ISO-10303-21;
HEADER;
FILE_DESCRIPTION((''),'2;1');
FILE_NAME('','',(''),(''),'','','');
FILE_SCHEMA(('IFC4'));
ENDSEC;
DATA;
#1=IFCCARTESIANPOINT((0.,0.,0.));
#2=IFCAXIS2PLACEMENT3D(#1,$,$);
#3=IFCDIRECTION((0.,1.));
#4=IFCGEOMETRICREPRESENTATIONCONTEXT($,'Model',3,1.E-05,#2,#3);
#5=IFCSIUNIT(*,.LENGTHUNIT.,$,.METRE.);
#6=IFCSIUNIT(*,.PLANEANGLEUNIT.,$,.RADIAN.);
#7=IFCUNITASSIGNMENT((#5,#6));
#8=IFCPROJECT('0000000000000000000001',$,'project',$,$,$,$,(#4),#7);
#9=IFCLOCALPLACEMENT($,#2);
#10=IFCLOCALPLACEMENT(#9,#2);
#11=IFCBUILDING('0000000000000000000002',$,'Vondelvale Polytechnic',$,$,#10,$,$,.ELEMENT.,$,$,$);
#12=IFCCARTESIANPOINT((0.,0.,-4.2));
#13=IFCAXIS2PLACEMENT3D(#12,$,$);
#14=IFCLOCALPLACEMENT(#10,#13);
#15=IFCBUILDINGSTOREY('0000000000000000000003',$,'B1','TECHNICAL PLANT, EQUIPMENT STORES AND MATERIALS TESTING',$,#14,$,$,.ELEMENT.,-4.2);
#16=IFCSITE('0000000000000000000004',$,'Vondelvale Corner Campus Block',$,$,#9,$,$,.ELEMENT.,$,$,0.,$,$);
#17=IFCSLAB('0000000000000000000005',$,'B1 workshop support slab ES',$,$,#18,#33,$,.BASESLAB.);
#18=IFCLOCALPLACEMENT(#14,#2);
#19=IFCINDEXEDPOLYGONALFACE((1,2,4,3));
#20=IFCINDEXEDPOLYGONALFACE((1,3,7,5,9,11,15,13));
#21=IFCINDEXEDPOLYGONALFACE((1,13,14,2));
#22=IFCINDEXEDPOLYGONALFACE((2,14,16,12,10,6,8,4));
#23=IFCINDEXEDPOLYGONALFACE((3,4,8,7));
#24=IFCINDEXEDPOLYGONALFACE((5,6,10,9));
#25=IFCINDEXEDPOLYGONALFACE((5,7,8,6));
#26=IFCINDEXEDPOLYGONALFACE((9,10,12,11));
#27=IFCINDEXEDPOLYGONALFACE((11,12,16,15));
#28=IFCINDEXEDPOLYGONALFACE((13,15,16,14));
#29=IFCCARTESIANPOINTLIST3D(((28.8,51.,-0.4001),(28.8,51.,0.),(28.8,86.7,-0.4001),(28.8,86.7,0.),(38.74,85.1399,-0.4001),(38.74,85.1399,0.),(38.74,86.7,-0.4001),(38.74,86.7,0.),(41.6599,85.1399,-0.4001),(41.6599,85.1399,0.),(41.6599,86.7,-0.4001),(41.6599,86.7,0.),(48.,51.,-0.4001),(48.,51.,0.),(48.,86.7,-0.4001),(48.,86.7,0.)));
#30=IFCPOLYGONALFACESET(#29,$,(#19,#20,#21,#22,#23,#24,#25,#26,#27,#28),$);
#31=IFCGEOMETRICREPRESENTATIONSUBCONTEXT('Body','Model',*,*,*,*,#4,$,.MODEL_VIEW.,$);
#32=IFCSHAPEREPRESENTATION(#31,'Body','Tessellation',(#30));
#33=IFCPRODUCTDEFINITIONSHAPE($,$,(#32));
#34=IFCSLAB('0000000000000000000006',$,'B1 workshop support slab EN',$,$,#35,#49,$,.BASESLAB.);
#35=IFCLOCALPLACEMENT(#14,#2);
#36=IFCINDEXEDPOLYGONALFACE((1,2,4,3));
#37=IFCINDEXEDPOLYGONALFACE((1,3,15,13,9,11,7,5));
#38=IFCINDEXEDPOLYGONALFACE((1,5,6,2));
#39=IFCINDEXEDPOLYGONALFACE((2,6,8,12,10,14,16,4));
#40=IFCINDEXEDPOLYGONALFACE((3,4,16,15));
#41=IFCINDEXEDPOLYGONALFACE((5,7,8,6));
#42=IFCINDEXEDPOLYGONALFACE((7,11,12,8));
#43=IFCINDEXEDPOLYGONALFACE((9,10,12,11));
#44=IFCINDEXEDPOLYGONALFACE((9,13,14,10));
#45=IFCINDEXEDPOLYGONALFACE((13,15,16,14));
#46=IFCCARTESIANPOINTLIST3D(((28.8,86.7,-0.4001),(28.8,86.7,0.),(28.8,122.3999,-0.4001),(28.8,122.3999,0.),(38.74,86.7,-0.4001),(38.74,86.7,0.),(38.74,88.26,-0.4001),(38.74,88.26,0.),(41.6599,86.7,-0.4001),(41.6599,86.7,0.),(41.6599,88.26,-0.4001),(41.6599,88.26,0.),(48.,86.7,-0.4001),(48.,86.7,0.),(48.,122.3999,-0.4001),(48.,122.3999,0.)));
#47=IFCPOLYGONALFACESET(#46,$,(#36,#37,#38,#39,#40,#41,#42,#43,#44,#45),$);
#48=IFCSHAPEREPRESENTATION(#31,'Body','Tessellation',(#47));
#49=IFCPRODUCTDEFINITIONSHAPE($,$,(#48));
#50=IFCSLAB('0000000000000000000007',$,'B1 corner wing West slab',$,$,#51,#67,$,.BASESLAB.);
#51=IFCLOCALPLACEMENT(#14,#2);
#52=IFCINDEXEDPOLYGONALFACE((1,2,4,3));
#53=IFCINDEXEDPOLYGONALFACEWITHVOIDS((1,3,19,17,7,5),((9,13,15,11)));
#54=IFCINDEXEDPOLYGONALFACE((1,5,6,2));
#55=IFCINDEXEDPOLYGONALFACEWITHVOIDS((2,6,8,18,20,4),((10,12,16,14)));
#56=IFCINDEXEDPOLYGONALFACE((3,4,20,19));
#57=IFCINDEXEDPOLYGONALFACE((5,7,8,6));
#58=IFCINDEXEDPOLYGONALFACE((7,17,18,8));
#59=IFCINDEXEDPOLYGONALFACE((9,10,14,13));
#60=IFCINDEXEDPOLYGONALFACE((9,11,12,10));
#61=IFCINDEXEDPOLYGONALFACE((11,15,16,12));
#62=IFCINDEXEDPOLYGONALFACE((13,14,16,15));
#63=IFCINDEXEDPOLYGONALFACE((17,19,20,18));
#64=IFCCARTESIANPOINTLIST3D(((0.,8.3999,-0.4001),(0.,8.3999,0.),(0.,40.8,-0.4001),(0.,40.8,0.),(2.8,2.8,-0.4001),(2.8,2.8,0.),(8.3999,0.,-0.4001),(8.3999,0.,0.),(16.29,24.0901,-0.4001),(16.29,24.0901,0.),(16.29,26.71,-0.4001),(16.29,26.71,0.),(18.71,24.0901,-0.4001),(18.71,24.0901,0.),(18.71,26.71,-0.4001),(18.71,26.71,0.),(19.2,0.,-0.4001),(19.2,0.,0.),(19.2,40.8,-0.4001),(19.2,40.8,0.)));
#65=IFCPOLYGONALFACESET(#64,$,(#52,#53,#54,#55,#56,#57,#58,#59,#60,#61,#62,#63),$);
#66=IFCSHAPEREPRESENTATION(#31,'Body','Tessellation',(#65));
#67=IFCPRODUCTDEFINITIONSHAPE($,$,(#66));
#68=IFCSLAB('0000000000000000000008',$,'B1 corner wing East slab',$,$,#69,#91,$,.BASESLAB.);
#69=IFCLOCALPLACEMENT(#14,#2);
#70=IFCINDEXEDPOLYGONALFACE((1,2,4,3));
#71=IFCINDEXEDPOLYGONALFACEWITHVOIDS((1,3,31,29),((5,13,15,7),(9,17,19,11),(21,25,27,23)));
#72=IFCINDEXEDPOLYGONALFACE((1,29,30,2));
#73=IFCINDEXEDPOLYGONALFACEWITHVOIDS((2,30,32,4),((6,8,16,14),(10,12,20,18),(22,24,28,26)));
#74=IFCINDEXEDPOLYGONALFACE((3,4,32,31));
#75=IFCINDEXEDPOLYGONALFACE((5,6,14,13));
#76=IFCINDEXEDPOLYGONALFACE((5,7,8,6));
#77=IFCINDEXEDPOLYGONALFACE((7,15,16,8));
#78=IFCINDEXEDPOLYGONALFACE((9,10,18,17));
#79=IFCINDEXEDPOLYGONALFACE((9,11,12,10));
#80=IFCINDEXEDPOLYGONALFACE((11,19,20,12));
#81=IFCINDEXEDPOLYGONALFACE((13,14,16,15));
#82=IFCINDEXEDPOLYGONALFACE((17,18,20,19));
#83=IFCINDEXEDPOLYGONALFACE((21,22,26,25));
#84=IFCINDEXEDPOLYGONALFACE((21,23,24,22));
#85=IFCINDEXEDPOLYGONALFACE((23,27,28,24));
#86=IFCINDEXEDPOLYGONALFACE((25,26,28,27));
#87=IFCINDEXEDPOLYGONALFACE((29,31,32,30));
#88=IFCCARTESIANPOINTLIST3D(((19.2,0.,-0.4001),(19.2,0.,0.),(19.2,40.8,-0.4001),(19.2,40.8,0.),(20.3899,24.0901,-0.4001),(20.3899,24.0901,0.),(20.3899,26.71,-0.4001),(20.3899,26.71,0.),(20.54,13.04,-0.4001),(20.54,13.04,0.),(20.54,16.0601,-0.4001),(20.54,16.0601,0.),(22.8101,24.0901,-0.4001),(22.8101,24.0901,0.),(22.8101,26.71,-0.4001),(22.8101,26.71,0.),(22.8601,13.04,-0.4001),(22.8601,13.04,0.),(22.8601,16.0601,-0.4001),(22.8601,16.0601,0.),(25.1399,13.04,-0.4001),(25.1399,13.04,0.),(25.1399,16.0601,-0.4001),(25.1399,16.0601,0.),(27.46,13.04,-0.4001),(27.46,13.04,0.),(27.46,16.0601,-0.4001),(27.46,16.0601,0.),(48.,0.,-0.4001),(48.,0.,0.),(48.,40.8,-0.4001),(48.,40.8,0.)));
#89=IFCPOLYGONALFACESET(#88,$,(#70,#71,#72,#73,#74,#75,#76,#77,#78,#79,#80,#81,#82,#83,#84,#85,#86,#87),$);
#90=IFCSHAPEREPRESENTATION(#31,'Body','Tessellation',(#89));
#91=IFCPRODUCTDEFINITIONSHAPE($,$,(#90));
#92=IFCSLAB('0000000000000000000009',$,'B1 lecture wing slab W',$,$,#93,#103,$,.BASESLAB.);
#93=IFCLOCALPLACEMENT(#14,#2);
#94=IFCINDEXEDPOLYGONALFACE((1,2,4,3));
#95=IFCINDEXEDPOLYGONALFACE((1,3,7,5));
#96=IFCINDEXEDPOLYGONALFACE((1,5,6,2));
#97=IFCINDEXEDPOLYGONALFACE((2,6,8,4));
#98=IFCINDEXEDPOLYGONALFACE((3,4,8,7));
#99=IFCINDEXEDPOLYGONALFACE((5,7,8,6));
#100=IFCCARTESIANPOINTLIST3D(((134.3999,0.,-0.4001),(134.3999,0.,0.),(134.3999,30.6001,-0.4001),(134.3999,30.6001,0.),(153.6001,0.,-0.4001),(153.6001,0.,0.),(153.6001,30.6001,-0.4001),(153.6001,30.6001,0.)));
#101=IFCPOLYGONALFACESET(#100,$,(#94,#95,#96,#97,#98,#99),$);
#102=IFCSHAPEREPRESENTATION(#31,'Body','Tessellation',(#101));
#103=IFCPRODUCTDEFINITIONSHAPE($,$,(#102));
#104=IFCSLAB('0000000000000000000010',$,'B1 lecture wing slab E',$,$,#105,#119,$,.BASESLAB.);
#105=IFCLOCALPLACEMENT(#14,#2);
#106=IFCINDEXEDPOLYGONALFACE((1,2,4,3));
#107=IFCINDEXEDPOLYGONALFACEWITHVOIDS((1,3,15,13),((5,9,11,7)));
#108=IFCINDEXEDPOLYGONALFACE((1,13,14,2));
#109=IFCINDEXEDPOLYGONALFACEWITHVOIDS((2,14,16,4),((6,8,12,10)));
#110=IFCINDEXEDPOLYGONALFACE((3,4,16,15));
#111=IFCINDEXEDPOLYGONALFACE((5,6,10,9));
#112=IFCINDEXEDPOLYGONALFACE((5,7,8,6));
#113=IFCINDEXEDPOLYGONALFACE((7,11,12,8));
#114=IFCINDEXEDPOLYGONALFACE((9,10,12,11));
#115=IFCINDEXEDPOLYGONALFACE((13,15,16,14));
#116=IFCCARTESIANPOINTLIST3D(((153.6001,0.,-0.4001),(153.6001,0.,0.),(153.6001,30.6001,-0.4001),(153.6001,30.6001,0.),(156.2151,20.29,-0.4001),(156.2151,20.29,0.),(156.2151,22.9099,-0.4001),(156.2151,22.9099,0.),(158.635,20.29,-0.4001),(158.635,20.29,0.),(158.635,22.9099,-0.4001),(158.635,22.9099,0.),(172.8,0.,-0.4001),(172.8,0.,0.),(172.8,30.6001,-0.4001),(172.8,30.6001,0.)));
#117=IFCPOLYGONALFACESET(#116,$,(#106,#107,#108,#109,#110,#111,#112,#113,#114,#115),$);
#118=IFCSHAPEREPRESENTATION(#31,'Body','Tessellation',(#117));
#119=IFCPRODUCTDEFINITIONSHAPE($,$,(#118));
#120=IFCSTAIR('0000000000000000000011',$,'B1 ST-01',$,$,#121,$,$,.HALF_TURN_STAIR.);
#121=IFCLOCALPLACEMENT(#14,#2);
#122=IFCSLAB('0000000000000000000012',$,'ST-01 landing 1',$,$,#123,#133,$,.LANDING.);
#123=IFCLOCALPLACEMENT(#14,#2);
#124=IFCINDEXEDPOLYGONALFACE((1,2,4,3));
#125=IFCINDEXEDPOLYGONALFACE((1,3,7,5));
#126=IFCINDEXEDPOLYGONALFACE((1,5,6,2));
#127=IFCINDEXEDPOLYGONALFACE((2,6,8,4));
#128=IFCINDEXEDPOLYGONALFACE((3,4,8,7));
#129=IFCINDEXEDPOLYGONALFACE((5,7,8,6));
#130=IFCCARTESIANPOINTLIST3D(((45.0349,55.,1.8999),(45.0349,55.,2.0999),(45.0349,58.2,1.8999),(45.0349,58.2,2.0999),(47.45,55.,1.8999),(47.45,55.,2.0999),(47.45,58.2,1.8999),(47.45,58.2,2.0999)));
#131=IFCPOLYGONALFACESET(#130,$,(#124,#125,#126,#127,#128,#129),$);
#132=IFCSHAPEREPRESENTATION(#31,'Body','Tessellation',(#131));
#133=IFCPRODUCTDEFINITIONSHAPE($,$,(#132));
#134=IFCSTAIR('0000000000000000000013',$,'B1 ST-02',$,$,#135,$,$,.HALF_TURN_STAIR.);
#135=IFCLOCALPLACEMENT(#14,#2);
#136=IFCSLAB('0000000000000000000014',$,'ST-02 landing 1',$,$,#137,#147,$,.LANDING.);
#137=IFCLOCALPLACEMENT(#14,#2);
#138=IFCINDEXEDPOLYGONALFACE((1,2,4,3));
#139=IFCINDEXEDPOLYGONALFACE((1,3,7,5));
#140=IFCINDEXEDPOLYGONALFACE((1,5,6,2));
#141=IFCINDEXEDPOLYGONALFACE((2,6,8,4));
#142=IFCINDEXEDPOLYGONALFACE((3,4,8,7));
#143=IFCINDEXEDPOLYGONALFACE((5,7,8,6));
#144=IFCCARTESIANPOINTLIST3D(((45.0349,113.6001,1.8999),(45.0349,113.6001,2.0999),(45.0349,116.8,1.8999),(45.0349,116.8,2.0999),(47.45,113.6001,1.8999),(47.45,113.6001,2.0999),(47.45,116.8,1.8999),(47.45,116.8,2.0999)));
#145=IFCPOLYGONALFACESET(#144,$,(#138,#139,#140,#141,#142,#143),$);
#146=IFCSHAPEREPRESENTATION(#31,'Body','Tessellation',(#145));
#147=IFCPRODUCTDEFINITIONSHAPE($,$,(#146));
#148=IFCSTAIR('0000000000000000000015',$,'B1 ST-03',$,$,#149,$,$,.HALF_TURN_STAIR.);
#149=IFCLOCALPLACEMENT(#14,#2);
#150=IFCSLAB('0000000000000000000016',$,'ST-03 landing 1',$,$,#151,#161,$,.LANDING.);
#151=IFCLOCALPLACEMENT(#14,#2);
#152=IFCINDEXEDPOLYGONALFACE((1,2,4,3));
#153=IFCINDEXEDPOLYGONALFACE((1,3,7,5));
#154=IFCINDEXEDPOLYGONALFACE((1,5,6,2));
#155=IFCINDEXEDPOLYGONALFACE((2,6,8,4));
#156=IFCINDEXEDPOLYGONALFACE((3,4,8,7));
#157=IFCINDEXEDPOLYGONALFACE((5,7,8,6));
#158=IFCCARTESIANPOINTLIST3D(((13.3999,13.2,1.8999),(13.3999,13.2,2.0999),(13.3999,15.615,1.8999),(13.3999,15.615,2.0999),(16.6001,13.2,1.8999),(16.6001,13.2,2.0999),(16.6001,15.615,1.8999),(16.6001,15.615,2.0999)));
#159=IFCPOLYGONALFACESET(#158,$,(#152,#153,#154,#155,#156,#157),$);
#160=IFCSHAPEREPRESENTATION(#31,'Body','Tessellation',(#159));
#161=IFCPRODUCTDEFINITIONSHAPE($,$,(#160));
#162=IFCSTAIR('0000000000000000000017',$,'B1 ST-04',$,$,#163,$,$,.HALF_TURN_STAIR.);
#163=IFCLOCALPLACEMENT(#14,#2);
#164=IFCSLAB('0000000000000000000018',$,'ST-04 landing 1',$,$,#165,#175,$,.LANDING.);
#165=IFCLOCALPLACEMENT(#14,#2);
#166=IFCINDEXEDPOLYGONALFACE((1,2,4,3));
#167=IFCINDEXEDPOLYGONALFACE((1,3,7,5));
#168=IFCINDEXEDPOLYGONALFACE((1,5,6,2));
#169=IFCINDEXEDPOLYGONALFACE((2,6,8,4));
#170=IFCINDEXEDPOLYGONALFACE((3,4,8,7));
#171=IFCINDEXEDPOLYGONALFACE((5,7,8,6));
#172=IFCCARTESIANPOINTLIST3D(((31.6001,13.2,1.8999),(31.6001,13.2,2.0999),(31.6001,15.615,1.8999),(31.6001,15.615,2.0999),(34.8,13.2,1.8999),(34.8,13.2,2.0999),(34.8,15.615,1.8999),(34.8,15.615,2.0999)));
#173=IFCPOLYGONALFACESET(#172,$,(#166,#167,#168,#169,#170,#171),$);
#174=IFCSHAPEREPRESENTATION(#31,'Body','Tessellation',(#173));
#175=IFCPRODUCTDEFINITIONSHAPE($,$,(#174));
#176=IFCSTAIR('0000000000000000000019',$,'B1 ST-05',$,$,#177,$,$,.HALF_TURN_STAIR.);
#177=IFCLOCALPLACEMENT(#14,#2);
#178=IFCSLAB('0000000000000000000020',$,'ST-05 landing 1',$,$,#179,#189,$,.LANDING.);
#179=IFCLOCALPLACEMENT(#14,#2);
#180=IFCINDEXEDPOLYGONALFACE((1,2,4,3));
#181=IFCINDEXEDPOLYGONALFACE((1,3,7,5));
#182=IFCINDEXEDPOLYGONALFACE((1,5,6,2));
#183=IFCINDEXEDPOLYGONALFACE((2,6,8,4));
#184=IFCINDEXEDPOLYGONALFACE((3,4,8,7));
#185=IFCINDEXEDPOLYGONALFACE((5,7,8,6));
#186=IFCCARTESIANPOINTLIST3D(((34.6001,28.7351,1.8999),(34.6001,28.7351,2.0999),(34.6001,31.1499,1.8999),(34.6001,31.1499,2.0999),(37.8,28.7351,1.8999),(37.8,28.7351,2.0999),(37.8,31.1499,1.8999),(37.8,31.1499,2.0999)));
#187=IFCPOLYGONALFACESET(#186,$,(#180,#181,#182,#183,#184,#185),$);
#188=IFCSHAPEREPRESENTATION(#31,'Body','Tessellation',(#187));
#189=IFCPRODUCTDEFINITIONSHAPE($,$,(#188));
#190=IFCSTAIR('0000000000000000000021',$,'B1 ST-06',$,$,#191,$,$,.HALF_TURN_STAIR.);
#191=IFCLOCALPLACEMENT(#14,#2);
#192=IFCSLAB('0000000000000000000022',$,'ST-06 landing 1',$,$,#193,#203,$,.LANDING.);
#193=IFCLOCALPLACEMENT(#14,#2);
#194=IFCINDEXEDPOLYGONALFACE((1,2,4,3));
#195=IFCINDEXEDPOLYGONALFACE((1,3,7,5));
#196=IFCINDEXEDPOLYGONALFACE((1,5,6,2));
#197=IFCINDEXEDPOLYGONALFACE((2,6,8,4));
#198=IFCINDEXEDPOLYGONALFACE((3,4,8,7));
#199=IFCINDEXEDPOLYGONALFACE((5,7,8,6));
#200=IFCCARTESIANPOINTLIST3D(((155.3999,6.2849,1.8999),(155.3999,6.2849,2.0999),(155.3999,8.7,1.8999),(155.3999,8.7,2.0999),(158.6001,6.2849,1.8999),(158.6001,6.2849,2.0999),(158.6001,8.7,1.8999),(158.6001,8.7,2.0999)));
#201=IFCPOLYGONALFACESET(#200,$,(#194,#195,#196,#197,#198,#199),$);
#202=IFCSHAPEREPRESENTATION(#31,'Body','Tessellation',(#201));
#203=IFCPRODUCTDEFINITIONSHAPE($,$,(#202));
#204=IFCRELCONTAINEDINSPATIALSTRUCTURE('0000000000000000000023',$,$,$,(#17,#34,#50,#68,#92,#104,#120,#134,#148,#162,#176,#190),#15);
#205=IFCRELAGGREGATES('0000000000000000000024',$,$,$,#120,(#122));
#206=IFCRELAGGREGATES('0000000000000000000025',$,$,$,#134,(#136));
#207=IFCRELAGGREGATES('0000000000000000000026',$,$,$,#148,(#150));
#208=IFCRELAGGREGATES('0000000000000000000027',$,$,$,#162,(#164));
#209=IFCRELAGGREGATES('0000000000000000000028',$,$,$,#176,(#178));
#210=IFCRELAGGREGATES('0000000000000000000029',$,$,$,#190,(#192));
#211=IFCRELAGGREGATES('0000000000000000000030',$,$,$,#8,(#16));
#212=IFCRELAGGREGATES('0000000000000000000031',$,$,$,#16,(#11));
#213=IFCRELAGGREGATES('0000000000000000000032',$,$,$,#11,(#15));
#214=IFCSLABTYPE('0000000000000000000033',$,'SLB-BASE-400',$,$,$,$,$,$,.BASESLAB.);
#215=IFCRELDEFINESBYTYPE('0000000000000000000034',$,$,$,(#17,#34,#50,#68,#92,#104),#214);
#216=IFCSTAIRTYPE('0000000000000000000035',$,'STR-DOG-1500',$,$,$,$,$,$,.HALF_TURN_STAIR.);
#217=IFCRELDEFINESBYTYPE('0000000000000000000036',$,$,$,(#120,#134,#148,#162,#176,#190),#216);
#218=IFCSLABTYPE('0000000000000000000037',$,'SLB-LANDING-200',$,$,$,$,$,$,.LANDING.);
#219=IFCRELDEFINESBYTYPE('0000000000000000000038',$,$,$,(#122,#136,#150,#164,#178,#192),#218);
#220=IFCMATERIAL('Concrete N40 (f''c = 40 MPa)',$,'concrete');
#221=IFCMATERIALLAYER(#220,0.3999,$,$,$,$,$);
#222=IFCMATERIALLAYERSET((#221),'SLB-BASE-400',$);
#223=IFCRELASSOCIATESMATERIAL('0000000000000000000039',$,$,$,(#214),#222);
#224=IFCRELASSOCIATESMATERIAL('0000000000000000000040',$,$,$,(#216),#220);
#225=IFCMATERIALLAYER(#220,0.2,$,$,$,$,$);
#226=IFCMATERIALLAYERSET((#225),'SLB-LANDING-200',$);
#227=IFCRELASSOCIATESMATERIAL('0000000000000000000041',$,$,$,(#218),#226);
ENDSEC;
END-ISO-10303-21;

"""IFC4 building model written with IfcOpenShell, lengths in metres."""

from ifc_helpers import new_model, si_unit, direction, frame, origin, place, context, subcontext, project, spatial, polyline, outline, extrude, material, layer, layer_set, type_object, element, aggregate, save


model = new_model("IFC4")

# Units and contexts
model_context = context("Model", 3, precision=1e-05, world=origin(), true_north=direction((0.0, 1.0)))
body_context = subcontext(model_context, "Body", "Model", "MODEL_VIEW")
ifc_project = project(units=[si_unit("LENGTHUNIT", "METRE"), si_unit("PLANEANGLEUNIT", "RADIAN")], contexts=[model_context])

# Site, building, storey
site_placement = place(None, origin())
site = spatial("IfcSite", under=ifc_project, at=site_placement, Name="Vondelvale Corner Campus Block", CompositionType="ELEMENT", RefElevation=0.0)
building_placement = place(site_placement, origin())
building = spatial("IfcBuilding", under=site, at=building_placement, Name="Vondelvale Polytechnic", CompositionType="ELEMENT")
storey_placement = place(building_placement, frame((0.0, 0.0, -4.2)))
storey = spatial("IfcBuildingStorey", under=building, at=storey_placement, Name="B1", Description="TECHNICAL PLANT, EQUIPMENT STORES AND MATERIALS TESTING", CompositionType="ELEMENT", Elevation=-4.2)

# Shared definitions
ifc_material_1 = material(Name="Concrete N40 (f'c = 40 MPa)", Category="concrete")

# Slabs
ifc_layer_1 = layer(ifc_material_1, 0.3999)
ifc_layer_set_1 = layer_set([ifc_layer_1], Name="SLB-BASE-400")
slab_type_1 = type_object("IfcSlabType", Name="SLB-BASE-400", PredefinedType="BASESLAB", material=ifc_layer_set_1)
slab_1_placement = place(storey_placement, frame((0.0, 0.0, -0.4001)))
element("IfcSlab", 1, at=slab_1_placement, inside=storey, type_object=slab_type_1, Name="B1 workshop support slab ES", PredefinedType="BASESLAB", context=body_context, shape_type="SweptSolid", body=[
    extrude(outline(polyline([(48.0, 86.7), (48.0, 51.0), (28.8, 51.0), (28.8, 86.7), (38.74, 86.7), (38.74, 85.1399), (41.6599, 85.1399), (41.6599, 86.7), (48.0, 86.7)])), origin(), (0.0, 0.0, 1.0), 0.4001),
])
slab_2_placement = place(storey_placement, frame((0.0, 0.0, -0.4001)))
element("IfcSlab", 2, at=slab_2_placement, inside=storey, type_object=slab_type_1, Name="B1 workshop support slab EN", PredefinedType="BASESLAB", context=body_context, shape_type="SweptSolid", body=[
    extrude(outline(polyline([(28.8, 86.7), (28.8, 122.3999), (48.0, 122.3999), (48.0, 86.7), (41.6599, 86.7), (41.6599, 88.26), (38.74, 88.26), (38.74, 86.7), (28.8, 86.7)])), origin(), (0.0, 0.0, 1.0), 0.4001),
])
slab_3_placement = place(storey_placement, frame((0.0, 0.0, -0.4001)))
element("IfcSlab", 3, at=slab_3_placement, inside=storey, type_object=slab_type_1, Name="B1 corner wing West slab", PredefinedType="BASESLAB", context=body_context, shape_type="SweptSolid", body=[
    extrude(outline(polyline([(8.3999, 0.0), (19.2, 0.0), (19.2, 40.8), (0.0, 40.8), (0.0, 8.3999), (2.8, 2.8), (8.3999, 0.0)]), holes=[polyline([(16.29, 24.0901), (18.71, 24.0901), (18.71, 26.71), (16.29, 26.71), (16.29, 24.0901)])]), origin(), (0.0, 0.0, 1.0), 0.4001),
])
slab_4_placement = place(storey_placement, frame((0.0, 0.0, -0.4001)))
element("IfcSlab", 4, at=slab_4_placement, inside=storey, type_object=slab_type_1, Name="B1 corner wing East slab", PredefinedType="BASESLAB", context=body_context, shape_type="SweptSolid", body=[
    extrude(outline(polyline([(19.2, 0.0), (48.0, 0.0), (48.0, 40.8), (19.2, 40.8), (19.2, 0.0)]), holes=[polyline([(20.54, 13.04), (22.8601, 13.04), (22.8601, 16.0601), (20.54, 16.0601), (20.54, 13.04)]), polyline([(25.1399, 13.04), (27.46, 13.04), (27.46, 16.0601), (25.1399, 16.0601), (25.1399, 13.04)]), polyline([(20.3899, 24.0901), (22.8101, 24.0901), (22.8101, 26.71), (20.3899, 26.71), (20.3899, 24.0901)])]), origin(), (0.0, 0.0, 1.0), 0.4001),
])
slab_5_placement = place(storey_placement, frame((0.0, 0.0, -0.4001)))
element("IfcSlab", 5, at=slab_5_placement, inside=storey, type_object=slab_type_1, Name="B1 lecture wing slab W", PredefinedType="BASESLAB", context=body_context, shape_type="SweptSolid", body=[
    extrude(outline(polyline([(134.3999, 0.0), (153.6001, 0.0), (153.6001, 30.6001), (134.3999, 30.6001), (134.3999, 0.0)])), origin(), (0.0, 0.0, 1.0), 0.4001),
])
slab_6_placement = place(storey_placement, frame((0.0, 0.0, -0.4001)))
element("IfcSlab", 6, at=slab_6_placement, inside=storey, type_object=slab_type_1, Name="B1 lecture wing slab E", PredefinedType="BASESLAB", context=body_context, shape_type="SweptSolid", body=[
    extrude(outline(polyline([(153.6001, 0.0), (172.8, 0.0), (172.8, 30.6001), (153.6001, 30.6001), (153.6001, 0.0)]), holes=[polyline([(156.2151, 20.29), (158.635, 20.29), (158.635, 22.9099), (156.2151, 22.9099), (156.2151, 20.29)])]), origin(), (0.0, 0.0, 1.0), 0.4001),
])

# Stairs, slabs
stair_type = type_object("IfcStairType", Name="STR-DOG-1500", PredefinedType="HALF_TURN_STAIR", material=ifc_material_1)
stair_1_placement = place(storey_placement, origin())
stair_1 = element("IfcStair", 7, at=stair_1_placement, inside=storey, type_object=stair_type, Name="B1 ST-01", PredefinedType="HALF_TURN_STAIR")
ifc_layer_2 = layer(ifc_material_1, 0.2)
ifc_layer_set_2 = layer_set([ifc_layer_2], Name="SLB-LANDING-200")
slab_type_2 = type_object("IfcSlabType", Name="SLB-LANDING-200", PredefinedType="LANDING", material=ifc_layer_set_2)
slab_7_placement = place(storey_placement, frame((0.0, 0.0, 1.8999)))
slab_7 = element("IfcSlab", 8, at=slab_7_placement, type_object=slab_type_2, Name="ST-01 landing 1", PredefinedType="LANDING", context=body_context, shape_type="SweptSolid", body=[
    extrude(outline(polyline([(45.0349, 55.0), (47.45, 55.0), (47.45, 58.2), (45.0349, 58.2), (45.0349, 55.0)])), origin(), (0.0, 0.0, 1.0), 0.2),
])
aggregate(stair_1, [slab_7])
stair_2_placement = place(storey_placement, origin())
stair_2 = element("IfcStair", 9, at=stair_2_placement, inside=storey, type_object=stair_type, Name="B1 ST-02", PredefinedType="HALF_TURN_STAIR")
slab_8_placement = place(storey_placement, frame((0.0, 0.0, 1.8999)))
slab_8 = element("IfcSlab", 10, at=slab_8_placement, type_object=slab_type_2, Name="ST-02 landing 1", PredefinedType="LANDING", context=body_context, shape_type="SweptSolid", body=[
    extrude(outline(polyline([(45.0349, 113.6001), (47.45, 113.6001), (47.45, 116.8), (45.0349, 116.8), (45.0349, 113.6001)])), origin(), (0.0, 0.0, 1.0), 0.2),
])
aggregate(stair_2, [slab_8])
stair_3_placement = place(storey_placement, origin())
stair_3 = element("IfcStair", 11, at=stair_3_placement, inside=storey, type_object=stair_type, Name="B1 ST-03", PredefinedType="HALF_TURN_STAIR")
slab_9_placement = place(storey_placement, frame((0.0, 0.0, 1.8999)))
slab_9 = element("IfcSlab", 12, at=slab_9_placement, type_object=slab_type_2, Name="ST-03 landing 1", PredefinedType="LANDING", context=body_context, shape_type="SweptSolid", body=[
    extrude(outline(polyline([(13.3999, 15.615), (13.3999, 13.2), (16.6001, 13.2), (16.6001, 15.615), (13.3999, 15.615)])), origin(), (0.0, 0.0, 1.0), 0.2),
])
aggregate(stair_3, [slab_9])
stair_4_placement = place(storey_placement, origin())
stair_4 = element("IfcStair", 13, at=stair_4_placement, inside=storey, type_object=stair_type, Name="B1 ST-04", PredefinedType="HALF_TURN_STAIR")
slab_10_placement = place(storey_placement, frame((0.0, 0.0, 1.8999)))
slab_10 = element("IfcSlab", 14, at=slab_10_placement, type_object=slab_type_2, Name="ST-04 landing 1", PredefinedType="LANDING", context=body_context, shape_type="SweptSolid", body=[
    extrude(outline(polyline([(31.6001, 15.615), (31.6001, 13.2), (34.8, 13.2), (34.8, 15.615), (31.6001, 15.615)])), origin(), (0.0, 0.0, 1.0), 0.2),
])
aggregate(stair_4, [slab_10])
stair_5_placement = place(storey_placement, origin())
stair_5 = element("IfcStair", 15, at=stair_5_placement, inside=storey, type_object=stair_type, Name="B1 ST-05", PredefinedType="HALF_TURN_STAIR")
slab_11_placement = place(storey_placement, frame((0.0, 0.0, 1.8999)))
slab_11 = element("IfcSlab", 16, at=slab_11_placement, type_object=slab_type_2, Name="ST-05 landing 1", PredefinedType="LANDING", context=body_context, shape_type="SweptSolid", body=[
    extrude(outline(polyline([(37.8, 28.7351), (37.8, 31.1499), (34.6001, 31.1499), (34.6001, 28.7351), (37.8, 28.7351)])), origin(), (0.0, 0.0, 1.0), 0.2),
])
aggregate(stair_5, [slab_11])
stair_6_placement = place(storey_placement, origin())
stair_6 = element("IfcStair", 17, at=stair_6_placement, inside=storey, type_object=stair_type, Name="B1 ST-06", PredefinedType="HALF_TURN_STAIR")
slab_12_placement = place(storey_placement, frame((0.0, 0.0, 1.8999)))
slab_12 = element("IfcSlab", 18, at=slab_12_placement, type_object=slab_type_2, Name="ST-06 landing 1", PredefinedType="LANDING", context=body_context, shape_type="SweptSolid", body=[
    extrude(outline(polyline([(158.6001, 6.2849), (158.6001, 8.7), (155.3999, 8.7), (155.3999, 6.2849), (158.6001, 6.2849)])), origin(), (0.0, 0.0, 1.0), 0.2),
])
aggregate(stair_6, [slab_12])

save(model, "model.ifc")
